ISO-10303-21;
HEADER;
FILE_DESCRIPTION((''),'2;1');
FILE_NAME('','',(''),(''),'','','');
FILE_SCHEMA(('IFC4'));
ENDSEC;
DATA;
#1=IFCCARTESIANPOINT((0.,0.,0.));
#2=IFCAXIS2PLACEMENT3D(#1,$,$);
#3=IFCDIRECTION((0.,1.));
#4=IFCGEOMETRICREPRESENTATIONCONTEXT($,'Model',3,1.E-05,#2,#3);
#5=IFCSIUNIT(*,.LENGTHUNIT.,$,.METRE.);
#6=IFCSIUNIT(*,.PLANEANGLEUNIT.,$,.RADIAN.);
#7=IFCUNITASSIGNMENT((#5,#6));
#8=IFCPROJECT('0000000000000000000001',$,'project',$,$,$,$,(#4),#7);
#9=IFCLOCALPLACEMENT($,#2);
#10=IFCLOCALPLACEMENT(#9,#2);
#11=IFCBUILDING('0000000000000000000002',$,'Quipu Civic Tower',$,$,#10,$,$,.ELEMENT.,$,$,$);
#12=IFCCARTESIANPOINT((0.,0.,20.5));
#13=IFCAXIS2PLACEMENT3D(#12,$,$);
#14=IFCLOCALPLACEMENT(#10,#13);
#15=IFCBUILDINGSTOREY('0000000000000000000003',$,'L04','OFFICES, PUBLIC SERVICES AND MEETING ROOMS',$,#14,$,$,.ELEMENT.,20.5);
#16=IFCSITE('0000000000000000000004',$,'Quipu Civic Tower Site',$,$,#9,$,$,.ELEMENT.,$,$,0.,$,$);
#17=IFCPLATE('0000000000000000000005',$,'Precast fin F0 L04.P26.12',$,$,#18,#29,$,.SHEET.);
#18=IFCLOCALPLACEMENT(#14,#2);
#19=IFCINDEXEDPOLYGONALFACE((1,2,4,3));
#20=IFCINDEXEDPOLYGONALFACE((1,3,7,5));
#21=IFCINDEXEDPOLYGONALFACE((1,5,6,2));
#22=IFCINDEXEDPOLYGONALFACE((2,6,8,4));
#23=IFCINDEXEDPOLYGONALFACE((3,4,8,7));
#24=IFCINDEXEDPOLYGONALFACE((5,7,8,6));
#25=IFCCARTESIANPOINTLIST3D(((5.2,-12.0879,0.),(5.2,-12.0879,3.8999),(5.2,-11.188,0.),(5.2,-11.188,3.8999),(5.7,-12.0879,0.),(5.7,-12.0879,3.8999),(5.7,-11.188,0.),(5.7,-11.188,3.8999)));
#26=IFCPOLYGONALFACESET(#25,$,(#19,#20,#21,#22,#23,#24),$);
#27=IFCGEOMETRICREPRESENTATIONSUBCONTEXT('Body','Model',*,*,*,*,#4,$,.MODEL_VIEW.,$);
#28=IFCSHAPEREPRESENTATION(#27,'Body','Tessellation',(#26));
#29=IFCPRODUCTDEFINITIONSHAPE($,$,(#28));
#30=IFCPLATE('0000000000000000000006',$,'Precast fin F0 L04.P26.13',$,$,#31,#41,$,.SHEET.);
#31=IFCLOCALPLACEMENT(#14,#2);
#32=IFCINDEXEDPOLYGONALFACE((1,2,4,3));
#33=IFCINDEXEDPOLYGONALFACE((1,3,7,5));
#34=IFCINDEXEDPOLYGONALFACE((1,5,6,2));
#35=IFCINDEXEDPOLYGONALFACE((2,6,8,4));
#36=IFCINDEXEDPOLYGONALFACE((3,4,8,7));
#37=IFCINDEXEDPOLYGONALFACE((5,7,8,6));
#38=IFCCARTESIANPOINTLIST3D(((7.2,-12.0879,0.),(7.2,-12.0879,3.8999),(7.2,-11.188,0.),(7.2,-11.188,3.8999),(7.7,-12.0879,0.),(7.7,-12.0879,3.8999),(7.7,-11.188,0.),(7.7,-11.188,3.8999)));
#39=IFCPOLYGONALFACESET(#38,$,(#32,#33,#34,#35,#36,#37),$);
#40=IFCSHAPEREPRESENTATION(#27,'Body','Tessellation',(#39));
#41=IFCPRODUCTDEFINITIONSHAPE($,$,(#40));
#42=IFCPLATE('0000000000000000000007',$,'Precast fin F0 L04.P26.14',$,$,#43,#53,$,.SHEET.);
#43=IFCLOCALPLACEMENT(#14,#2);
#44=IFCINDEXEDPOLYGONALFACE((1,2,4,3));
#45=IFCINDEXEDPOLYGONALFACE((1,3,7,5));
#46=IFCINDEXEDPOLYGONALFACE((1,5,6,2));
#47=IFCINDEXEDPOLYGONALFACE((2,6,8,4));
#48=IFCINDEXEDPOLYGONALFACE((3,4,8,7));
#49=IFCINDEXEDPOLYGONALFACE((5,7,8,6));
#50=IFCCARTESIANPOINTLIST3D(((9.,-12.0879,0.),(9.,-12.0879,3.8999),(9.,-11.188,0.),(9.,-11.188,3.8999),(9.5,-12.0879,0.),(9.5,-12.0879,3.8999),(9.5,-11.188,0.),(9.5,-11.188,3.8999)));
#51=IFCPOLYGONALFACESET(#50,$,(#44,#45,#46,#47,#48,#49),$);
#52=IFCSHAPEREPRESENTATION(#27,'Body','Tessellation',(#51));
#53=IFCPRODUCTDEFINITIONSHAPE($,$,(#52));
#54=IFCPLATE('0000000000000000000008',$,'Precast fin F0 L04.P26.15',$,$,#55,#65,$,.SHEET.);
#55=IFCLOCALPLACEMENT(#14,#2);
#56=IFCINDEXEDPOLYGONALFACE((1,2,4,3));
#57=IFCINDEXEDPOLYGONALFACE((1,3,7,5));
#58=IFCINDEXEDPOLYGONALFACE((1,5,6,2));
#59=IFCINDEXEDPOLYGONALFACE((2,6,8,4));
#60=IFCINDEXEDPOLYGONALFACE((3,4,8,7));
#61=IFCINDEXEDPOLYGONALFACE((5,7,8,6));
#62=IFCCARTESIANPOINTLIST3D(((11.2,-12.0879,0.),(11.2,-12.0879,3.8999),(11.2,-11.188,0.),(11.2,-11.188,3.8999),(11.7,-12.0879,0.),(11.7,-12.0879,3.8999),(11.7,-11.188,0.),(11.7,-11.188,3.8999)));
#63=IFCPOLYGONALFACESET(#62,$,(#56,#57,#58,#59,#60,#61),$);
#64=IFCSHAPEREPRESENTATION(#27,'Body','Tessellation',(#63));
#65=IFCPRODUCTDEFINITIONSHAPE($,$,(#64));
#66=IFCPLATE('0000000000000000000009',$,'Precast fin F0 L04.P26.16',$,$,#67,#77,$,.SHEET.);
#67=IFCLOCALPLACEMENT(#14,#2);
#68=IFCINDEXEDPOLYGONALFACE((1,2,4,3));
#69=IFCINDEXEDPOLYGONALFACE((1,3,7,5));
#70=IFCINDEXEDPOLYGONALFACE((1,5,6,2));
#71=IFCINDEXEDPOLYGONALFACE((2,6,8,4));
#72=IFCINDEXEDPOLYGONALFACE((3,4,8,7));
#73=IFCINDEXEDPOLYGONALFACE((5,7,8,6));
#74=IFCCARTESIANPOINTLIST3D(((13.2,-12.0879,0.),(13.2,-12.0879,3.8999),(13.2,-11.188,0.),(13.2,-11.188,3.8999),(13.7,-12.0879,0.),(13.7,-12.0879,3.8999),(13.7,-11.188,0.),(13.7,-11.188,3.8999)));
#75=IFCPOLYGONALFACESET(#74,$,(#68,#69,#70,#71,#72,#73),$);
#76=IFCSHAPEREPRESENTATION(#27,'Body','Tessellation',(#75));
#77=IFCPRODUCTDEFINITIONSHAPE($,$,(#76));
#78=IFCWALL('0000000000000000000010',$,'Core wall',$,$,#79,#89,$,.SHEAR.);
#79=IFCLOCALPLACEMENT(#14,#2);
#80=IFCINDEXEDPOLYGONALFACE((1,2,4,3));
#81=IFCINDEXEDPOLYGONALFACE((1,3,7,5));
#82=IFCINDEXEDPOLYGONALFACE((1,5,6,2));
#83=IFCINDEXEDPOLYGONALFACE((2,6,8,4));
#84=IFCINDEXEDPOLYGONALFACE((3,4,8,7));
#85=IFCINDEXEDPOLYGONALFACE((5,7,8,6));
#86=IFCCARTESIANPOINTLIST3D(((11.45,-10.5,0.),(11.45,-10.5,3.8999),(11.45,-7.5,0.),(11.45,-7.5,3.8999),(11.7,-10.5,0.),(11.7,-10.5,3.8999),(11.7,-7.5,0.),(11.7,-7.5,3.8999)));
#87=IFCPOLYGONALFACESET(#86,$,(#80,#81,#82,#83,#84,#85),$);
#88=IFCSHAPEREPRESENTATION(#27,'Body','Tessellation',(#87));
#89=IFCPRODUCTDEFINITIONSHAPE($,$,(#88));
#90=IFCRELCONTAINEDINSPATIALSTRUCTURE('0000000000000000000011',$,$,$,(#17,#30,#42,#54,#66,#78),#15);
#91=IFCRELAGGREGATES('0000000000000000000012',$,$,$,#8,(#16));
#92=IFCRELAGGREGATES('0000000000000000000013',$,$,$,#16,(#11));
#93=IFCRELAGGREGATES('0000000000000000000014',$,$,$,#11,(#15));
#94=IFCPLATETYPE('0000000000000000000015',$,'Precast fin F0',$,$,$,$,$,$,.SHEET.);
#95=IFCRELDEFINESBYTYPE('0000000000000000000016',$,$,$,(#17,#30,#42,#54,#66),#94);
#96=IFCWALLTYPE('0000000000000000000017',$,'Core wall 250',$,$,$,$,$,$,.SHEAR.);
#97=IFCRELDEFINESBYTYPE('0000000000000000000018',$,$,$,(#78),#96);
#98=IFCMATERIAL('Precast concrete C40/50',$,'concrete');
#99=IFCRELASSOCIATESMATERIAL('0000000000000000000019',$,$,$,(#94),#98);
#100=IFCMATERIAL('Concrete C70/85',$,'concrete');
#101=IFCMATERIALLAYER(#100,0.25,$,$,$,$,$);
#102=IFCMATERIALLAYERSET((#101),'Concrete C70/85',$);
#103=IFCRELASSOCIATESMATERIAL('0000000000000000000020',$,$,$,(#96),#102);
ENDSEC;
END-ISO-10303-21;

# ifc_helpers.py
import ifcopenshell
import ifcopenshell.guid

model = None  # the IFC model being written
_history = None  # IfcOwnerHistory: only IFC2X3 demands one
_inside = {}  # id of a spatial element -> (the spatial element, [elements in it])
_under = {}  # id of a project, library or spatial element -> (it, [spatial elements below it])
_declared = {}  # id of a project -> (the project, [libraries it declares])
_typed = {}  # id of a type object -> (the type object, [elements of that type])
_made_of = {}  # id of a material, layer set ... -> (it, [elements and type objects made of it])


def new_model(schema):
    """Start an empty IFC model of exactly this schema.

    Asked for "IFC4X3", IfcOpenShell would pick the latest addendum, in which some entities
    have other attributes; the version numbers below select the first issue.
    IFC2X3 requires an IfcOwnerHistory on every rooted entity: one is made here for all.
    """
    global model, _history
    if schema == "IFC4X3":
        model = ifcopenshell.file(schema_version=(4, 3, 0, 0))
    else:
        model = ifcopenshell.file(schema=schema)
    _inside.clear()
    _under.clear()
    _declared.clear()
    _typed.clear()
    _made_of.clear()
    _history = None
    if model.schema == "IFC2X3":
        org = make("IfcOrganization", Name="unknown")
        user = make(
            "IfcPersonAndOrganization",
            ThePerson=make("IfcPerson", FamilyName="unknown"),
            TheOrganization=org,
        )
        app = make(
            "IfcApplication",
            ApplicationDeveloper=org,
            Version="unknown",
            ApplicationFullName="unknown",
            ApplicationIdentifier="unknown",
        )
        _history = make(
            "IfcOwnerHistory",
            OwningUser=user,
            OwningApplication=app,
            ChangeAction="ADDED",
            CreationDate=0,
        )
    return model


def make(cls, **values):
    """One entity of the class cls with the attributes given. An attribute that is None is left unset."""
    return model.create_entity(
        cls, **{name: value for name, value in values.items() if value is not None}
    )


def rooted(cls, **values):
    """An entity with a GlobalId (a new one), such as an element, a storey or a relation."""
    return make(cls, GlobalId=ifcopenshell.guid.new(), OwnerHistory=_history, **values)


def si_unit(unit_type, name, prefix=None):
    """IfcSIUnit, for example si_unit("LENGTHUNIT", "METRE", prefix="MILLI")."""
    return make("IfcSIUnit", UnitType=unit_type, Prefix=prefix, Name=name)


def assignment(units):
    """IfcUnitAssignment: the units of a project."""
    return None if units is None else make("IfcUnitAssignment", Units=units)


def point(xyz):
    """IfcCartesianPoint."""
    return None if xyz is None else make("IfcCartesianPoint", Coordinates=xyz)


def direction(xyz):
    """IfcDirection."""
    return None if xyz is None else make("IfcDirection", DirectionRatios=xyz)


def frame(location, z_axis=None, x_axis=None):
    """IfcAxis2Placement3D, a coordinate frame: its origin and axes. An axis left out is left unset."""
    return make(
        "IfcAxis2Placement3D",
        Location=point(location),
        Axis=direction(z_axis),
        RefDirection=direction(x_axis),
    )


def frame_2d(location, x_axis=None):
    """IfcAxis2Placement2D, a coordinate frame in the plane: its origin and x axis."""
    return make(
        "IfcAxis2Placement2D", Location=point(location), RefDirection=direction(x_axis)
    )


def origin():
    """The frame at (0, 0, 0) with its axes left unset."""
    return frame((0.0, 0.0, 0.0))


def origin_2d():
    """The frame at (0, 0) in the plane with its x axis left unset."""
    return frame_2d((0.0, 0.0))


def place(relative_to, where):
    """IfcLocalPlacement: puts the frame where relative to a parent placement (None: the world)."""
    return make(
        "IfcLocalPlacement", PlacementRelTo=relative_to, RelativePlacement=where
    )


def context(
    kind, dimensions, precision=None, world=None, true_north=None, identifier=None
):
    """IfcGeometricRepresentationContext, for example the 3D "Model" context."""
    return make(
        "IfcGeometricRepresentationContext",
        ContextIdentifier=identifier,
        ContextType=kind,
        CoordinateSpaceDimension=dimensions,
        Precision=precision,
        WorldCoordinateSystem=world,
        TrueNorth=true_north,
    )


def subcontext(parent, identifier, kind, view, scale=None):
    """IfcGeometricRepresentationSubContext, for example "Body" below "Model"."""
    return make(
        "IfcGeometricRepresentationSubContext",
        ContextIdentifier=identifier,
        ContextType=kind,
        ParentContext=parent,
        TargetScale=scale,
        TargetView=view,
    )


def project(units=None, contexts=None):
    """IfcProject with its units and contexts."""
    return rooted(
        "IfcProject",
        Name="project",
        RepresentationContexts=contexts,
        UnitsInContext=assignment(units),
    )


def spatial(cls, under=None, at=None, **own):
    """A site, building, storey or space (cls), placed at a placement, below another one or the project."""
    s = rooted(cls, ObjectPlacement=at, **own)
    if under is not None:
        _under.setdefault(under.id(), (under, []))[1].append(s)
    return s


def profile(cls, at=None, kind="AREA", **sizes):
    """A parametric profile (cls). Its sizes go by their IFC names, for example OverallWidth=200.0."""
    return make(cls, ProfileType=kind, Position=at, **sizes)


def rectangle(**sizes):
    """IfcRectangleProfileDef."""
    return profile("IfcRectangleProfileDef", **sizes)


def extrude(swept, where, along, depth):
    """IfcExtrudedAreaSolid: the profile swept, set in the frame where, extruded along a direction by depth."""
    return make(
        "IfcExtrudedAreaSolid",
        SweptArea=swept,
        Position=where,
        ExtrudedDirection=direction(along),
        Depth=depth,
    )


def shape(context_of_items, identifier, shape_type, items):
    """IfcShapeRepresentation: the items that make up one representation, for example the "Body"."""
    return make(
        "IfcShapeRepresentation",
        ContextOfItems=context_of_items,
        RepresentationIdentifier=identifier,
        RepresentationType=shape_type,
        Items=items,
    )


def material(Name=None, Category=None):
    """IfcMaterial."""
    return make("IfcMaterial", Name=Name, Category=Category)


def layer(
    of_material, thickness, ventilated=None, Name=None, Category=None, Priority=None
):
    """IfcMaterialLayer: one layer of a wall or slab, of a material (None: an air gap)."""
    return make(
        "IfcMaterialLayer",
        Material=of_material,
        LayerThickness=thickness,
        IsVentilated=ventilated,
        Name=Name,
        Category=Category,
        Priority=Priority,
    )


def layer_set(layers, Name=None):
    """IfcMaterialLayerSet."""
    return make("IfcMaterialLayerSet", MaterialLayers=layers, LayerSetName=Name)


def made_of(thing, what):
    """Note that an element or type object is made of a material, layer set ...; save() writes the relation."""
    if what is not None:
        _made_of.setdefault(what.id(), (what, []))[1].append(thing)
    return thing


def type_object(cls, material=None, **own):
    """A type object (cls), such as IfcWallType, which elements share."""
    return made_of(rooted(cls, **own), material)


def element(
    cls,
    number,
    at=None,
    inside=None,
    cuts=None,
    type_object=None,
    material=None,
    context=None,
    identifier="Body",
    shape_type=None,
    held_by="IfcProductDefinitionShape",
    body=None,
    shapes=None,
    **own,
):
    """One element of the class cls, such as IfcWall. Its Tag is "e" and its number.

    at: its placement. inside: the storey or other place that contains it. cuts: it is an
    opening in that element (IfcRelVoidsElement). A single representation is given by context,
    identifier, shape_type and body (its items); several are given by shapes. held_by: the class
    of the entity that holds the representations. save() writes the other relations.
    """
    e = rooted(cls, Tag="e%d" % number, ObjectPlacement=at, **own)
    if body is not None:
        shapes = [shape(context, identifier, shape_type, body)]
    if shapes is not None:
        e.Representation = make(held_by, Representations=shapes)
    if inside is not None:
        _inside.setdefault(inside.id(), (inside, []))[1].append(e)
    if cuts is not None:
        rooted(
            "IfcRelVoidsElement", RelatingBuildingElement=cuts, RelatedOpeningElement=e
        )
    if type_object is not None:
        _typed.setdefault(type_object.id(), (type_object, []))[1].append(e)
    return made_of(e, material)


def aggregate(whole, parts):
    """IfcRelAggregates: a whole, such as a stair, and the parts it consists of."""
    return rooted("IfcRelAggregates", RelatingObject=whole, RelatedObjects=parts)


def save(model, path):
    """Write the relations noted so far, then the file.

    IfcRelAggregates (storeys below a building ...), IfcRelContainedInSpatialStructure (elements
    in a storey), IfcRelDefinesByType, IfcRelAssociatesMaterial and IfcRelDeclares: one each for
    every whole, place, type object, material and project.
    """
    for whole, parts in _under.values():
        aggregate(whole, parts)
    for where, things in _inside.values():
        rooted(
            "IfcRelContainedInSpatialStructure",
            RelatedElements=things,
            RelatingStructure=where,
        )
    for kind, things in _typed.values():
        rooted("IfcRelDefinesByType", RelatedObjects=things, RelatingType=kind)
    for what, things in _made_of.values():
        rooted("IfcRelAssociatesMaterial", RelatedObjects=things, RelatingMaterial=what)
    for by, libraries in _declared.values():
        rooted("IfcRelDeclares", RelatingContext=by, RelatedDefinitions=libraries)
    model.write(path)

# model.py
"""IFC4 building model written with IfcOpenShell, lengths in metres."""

from ifc_helpers import new_model, si_unit, direction, frame, frame_2d, origin, origin_2d, place, context, subcontext, project, spatial, rectangle, extrude, material, layer, layer_set, type_object, element, save


model = new_model("IFC4")

# Units and contexts
model_context = context("Model", 3, precision=1e-05, world=origin(), true_north=direction((0.0, 1.0)))
body_context = subcontext(model_context, "Body", "Model", "MODEL_VIEW")
ifc_project = project(units=[si_unit("LENGTHUNIT", "METRE"), si_unit("PLANEANGLEUNIT", "RADIAN")], contexts=[model_context])

# Site, building, storey
site_placement = place(None, origin())
site = spatial("IfcSite", under=ifc_project, at=site_placement, Name="Quipu Civic Tower Site", CompositionType="ELEMENT", RefElevation=0.0)
building_placement = place(site_placement, origin())
building = spatial("IfcBuilding", under=site, at=building_placement, Name="Quipu Civic Tower", CompositionType="ELEMENT")
storey_placement = place(building_placement, frame((0.0, 0.0, 20.5)))
storey = spatial("IfcBuildingStorey", under=building, at=storey_placement, Name="L04", Description="OFFICES, PUBLIC SERVICES AND MEETING ROOMS", CompositionType="ELEMENT", Elevation=20.5)

# Plates
ifc_material_1 = material(Name="Precast concrete C40/50", Category="concrete")
plate_type = type_object("IfcPlateType", Name="Precast fin F0", PredefinedType="SHEET", material=ifc_material_1)
for number, where, z_axis, x_axis, name in (
    (1, (5.45, -11.6379, 0.0), (0.0, 0.0, 1.0), (1.0, 0.0, 0.0), "Precast fin F0 L04.P26.12"),
    (2, (7.45, -11.6379, 0.0), (0.0, 0.0, 1.0), (1.0, 0.0, 0.0), "Precast fin F0 L04.P26.13"),
    (3, (9.25, -11.6379, 0.0), (0.0, 0.0, 1.0), (1.0, 0.0, 0.0), "Precast fin F0 L04.P26.14"),
    (4, (11.45, -11.6379, 0.0), (0.0, 0.0, 1.0), (1.0, 0.0, 0.0), "Precast fin F0 L04.P26.15"),
    (5, (13.45, -11.6379, 0.0), (0.0, 0.0, 1.0), (1.0, 0.0, 0.0), "Precast fin F0 L04.P26.16"),
):
    element("IfcPlate", number, at=place(storey_placement, frame(where, z_axis=z_axis, x_axis=x_axis)), inside=storey, type_object=plate_type, Name=name, PredefinedType="SHEET", context=body_context, shape_type="SweptSolid", body=[
        extrude(rectangle(XDim=0.5, YDim=0.8999, at=origin_2d()), origin(), (0.0, 0.0, 1.0), 3.8999),
    ])

# Wall
ifc_material_2 = material(Name="Concrete C70/85", Category="concrete")
ifc_layer_1 = layer(ifc_material_2, 0.25)
ifc_layer_set_1 = layer_set([ifc_layer_1], Name="Concrete C70/85")
wall_type_1 = type_object("IfcWallType", Name="Core wall 250", PredefinedType="SHEAR", material=ifc_layer_set_1)
wall_1_placement = place(storey_placement, frame((11.575, -10.5, 0.0), z_axis=(0.0, 0.0, 1.0), x_axis=(0.0, 1.0, 0.0)))
element("IfcWall", 6, at=wall_1_placement, inside=storey, type_object=wall_type_1, Name="Core wall", PredefinedType="SHEAR", context=body_context, shape_type="SweptSolid", body=[
    extrude(rectangle(XDim=3.0, YDim=0.25, at=frame_2d((1.5, 0.0))), origin(), (0.0, 0.0, 1.0), 3.8999),
])

save(model, "model.ifc")
